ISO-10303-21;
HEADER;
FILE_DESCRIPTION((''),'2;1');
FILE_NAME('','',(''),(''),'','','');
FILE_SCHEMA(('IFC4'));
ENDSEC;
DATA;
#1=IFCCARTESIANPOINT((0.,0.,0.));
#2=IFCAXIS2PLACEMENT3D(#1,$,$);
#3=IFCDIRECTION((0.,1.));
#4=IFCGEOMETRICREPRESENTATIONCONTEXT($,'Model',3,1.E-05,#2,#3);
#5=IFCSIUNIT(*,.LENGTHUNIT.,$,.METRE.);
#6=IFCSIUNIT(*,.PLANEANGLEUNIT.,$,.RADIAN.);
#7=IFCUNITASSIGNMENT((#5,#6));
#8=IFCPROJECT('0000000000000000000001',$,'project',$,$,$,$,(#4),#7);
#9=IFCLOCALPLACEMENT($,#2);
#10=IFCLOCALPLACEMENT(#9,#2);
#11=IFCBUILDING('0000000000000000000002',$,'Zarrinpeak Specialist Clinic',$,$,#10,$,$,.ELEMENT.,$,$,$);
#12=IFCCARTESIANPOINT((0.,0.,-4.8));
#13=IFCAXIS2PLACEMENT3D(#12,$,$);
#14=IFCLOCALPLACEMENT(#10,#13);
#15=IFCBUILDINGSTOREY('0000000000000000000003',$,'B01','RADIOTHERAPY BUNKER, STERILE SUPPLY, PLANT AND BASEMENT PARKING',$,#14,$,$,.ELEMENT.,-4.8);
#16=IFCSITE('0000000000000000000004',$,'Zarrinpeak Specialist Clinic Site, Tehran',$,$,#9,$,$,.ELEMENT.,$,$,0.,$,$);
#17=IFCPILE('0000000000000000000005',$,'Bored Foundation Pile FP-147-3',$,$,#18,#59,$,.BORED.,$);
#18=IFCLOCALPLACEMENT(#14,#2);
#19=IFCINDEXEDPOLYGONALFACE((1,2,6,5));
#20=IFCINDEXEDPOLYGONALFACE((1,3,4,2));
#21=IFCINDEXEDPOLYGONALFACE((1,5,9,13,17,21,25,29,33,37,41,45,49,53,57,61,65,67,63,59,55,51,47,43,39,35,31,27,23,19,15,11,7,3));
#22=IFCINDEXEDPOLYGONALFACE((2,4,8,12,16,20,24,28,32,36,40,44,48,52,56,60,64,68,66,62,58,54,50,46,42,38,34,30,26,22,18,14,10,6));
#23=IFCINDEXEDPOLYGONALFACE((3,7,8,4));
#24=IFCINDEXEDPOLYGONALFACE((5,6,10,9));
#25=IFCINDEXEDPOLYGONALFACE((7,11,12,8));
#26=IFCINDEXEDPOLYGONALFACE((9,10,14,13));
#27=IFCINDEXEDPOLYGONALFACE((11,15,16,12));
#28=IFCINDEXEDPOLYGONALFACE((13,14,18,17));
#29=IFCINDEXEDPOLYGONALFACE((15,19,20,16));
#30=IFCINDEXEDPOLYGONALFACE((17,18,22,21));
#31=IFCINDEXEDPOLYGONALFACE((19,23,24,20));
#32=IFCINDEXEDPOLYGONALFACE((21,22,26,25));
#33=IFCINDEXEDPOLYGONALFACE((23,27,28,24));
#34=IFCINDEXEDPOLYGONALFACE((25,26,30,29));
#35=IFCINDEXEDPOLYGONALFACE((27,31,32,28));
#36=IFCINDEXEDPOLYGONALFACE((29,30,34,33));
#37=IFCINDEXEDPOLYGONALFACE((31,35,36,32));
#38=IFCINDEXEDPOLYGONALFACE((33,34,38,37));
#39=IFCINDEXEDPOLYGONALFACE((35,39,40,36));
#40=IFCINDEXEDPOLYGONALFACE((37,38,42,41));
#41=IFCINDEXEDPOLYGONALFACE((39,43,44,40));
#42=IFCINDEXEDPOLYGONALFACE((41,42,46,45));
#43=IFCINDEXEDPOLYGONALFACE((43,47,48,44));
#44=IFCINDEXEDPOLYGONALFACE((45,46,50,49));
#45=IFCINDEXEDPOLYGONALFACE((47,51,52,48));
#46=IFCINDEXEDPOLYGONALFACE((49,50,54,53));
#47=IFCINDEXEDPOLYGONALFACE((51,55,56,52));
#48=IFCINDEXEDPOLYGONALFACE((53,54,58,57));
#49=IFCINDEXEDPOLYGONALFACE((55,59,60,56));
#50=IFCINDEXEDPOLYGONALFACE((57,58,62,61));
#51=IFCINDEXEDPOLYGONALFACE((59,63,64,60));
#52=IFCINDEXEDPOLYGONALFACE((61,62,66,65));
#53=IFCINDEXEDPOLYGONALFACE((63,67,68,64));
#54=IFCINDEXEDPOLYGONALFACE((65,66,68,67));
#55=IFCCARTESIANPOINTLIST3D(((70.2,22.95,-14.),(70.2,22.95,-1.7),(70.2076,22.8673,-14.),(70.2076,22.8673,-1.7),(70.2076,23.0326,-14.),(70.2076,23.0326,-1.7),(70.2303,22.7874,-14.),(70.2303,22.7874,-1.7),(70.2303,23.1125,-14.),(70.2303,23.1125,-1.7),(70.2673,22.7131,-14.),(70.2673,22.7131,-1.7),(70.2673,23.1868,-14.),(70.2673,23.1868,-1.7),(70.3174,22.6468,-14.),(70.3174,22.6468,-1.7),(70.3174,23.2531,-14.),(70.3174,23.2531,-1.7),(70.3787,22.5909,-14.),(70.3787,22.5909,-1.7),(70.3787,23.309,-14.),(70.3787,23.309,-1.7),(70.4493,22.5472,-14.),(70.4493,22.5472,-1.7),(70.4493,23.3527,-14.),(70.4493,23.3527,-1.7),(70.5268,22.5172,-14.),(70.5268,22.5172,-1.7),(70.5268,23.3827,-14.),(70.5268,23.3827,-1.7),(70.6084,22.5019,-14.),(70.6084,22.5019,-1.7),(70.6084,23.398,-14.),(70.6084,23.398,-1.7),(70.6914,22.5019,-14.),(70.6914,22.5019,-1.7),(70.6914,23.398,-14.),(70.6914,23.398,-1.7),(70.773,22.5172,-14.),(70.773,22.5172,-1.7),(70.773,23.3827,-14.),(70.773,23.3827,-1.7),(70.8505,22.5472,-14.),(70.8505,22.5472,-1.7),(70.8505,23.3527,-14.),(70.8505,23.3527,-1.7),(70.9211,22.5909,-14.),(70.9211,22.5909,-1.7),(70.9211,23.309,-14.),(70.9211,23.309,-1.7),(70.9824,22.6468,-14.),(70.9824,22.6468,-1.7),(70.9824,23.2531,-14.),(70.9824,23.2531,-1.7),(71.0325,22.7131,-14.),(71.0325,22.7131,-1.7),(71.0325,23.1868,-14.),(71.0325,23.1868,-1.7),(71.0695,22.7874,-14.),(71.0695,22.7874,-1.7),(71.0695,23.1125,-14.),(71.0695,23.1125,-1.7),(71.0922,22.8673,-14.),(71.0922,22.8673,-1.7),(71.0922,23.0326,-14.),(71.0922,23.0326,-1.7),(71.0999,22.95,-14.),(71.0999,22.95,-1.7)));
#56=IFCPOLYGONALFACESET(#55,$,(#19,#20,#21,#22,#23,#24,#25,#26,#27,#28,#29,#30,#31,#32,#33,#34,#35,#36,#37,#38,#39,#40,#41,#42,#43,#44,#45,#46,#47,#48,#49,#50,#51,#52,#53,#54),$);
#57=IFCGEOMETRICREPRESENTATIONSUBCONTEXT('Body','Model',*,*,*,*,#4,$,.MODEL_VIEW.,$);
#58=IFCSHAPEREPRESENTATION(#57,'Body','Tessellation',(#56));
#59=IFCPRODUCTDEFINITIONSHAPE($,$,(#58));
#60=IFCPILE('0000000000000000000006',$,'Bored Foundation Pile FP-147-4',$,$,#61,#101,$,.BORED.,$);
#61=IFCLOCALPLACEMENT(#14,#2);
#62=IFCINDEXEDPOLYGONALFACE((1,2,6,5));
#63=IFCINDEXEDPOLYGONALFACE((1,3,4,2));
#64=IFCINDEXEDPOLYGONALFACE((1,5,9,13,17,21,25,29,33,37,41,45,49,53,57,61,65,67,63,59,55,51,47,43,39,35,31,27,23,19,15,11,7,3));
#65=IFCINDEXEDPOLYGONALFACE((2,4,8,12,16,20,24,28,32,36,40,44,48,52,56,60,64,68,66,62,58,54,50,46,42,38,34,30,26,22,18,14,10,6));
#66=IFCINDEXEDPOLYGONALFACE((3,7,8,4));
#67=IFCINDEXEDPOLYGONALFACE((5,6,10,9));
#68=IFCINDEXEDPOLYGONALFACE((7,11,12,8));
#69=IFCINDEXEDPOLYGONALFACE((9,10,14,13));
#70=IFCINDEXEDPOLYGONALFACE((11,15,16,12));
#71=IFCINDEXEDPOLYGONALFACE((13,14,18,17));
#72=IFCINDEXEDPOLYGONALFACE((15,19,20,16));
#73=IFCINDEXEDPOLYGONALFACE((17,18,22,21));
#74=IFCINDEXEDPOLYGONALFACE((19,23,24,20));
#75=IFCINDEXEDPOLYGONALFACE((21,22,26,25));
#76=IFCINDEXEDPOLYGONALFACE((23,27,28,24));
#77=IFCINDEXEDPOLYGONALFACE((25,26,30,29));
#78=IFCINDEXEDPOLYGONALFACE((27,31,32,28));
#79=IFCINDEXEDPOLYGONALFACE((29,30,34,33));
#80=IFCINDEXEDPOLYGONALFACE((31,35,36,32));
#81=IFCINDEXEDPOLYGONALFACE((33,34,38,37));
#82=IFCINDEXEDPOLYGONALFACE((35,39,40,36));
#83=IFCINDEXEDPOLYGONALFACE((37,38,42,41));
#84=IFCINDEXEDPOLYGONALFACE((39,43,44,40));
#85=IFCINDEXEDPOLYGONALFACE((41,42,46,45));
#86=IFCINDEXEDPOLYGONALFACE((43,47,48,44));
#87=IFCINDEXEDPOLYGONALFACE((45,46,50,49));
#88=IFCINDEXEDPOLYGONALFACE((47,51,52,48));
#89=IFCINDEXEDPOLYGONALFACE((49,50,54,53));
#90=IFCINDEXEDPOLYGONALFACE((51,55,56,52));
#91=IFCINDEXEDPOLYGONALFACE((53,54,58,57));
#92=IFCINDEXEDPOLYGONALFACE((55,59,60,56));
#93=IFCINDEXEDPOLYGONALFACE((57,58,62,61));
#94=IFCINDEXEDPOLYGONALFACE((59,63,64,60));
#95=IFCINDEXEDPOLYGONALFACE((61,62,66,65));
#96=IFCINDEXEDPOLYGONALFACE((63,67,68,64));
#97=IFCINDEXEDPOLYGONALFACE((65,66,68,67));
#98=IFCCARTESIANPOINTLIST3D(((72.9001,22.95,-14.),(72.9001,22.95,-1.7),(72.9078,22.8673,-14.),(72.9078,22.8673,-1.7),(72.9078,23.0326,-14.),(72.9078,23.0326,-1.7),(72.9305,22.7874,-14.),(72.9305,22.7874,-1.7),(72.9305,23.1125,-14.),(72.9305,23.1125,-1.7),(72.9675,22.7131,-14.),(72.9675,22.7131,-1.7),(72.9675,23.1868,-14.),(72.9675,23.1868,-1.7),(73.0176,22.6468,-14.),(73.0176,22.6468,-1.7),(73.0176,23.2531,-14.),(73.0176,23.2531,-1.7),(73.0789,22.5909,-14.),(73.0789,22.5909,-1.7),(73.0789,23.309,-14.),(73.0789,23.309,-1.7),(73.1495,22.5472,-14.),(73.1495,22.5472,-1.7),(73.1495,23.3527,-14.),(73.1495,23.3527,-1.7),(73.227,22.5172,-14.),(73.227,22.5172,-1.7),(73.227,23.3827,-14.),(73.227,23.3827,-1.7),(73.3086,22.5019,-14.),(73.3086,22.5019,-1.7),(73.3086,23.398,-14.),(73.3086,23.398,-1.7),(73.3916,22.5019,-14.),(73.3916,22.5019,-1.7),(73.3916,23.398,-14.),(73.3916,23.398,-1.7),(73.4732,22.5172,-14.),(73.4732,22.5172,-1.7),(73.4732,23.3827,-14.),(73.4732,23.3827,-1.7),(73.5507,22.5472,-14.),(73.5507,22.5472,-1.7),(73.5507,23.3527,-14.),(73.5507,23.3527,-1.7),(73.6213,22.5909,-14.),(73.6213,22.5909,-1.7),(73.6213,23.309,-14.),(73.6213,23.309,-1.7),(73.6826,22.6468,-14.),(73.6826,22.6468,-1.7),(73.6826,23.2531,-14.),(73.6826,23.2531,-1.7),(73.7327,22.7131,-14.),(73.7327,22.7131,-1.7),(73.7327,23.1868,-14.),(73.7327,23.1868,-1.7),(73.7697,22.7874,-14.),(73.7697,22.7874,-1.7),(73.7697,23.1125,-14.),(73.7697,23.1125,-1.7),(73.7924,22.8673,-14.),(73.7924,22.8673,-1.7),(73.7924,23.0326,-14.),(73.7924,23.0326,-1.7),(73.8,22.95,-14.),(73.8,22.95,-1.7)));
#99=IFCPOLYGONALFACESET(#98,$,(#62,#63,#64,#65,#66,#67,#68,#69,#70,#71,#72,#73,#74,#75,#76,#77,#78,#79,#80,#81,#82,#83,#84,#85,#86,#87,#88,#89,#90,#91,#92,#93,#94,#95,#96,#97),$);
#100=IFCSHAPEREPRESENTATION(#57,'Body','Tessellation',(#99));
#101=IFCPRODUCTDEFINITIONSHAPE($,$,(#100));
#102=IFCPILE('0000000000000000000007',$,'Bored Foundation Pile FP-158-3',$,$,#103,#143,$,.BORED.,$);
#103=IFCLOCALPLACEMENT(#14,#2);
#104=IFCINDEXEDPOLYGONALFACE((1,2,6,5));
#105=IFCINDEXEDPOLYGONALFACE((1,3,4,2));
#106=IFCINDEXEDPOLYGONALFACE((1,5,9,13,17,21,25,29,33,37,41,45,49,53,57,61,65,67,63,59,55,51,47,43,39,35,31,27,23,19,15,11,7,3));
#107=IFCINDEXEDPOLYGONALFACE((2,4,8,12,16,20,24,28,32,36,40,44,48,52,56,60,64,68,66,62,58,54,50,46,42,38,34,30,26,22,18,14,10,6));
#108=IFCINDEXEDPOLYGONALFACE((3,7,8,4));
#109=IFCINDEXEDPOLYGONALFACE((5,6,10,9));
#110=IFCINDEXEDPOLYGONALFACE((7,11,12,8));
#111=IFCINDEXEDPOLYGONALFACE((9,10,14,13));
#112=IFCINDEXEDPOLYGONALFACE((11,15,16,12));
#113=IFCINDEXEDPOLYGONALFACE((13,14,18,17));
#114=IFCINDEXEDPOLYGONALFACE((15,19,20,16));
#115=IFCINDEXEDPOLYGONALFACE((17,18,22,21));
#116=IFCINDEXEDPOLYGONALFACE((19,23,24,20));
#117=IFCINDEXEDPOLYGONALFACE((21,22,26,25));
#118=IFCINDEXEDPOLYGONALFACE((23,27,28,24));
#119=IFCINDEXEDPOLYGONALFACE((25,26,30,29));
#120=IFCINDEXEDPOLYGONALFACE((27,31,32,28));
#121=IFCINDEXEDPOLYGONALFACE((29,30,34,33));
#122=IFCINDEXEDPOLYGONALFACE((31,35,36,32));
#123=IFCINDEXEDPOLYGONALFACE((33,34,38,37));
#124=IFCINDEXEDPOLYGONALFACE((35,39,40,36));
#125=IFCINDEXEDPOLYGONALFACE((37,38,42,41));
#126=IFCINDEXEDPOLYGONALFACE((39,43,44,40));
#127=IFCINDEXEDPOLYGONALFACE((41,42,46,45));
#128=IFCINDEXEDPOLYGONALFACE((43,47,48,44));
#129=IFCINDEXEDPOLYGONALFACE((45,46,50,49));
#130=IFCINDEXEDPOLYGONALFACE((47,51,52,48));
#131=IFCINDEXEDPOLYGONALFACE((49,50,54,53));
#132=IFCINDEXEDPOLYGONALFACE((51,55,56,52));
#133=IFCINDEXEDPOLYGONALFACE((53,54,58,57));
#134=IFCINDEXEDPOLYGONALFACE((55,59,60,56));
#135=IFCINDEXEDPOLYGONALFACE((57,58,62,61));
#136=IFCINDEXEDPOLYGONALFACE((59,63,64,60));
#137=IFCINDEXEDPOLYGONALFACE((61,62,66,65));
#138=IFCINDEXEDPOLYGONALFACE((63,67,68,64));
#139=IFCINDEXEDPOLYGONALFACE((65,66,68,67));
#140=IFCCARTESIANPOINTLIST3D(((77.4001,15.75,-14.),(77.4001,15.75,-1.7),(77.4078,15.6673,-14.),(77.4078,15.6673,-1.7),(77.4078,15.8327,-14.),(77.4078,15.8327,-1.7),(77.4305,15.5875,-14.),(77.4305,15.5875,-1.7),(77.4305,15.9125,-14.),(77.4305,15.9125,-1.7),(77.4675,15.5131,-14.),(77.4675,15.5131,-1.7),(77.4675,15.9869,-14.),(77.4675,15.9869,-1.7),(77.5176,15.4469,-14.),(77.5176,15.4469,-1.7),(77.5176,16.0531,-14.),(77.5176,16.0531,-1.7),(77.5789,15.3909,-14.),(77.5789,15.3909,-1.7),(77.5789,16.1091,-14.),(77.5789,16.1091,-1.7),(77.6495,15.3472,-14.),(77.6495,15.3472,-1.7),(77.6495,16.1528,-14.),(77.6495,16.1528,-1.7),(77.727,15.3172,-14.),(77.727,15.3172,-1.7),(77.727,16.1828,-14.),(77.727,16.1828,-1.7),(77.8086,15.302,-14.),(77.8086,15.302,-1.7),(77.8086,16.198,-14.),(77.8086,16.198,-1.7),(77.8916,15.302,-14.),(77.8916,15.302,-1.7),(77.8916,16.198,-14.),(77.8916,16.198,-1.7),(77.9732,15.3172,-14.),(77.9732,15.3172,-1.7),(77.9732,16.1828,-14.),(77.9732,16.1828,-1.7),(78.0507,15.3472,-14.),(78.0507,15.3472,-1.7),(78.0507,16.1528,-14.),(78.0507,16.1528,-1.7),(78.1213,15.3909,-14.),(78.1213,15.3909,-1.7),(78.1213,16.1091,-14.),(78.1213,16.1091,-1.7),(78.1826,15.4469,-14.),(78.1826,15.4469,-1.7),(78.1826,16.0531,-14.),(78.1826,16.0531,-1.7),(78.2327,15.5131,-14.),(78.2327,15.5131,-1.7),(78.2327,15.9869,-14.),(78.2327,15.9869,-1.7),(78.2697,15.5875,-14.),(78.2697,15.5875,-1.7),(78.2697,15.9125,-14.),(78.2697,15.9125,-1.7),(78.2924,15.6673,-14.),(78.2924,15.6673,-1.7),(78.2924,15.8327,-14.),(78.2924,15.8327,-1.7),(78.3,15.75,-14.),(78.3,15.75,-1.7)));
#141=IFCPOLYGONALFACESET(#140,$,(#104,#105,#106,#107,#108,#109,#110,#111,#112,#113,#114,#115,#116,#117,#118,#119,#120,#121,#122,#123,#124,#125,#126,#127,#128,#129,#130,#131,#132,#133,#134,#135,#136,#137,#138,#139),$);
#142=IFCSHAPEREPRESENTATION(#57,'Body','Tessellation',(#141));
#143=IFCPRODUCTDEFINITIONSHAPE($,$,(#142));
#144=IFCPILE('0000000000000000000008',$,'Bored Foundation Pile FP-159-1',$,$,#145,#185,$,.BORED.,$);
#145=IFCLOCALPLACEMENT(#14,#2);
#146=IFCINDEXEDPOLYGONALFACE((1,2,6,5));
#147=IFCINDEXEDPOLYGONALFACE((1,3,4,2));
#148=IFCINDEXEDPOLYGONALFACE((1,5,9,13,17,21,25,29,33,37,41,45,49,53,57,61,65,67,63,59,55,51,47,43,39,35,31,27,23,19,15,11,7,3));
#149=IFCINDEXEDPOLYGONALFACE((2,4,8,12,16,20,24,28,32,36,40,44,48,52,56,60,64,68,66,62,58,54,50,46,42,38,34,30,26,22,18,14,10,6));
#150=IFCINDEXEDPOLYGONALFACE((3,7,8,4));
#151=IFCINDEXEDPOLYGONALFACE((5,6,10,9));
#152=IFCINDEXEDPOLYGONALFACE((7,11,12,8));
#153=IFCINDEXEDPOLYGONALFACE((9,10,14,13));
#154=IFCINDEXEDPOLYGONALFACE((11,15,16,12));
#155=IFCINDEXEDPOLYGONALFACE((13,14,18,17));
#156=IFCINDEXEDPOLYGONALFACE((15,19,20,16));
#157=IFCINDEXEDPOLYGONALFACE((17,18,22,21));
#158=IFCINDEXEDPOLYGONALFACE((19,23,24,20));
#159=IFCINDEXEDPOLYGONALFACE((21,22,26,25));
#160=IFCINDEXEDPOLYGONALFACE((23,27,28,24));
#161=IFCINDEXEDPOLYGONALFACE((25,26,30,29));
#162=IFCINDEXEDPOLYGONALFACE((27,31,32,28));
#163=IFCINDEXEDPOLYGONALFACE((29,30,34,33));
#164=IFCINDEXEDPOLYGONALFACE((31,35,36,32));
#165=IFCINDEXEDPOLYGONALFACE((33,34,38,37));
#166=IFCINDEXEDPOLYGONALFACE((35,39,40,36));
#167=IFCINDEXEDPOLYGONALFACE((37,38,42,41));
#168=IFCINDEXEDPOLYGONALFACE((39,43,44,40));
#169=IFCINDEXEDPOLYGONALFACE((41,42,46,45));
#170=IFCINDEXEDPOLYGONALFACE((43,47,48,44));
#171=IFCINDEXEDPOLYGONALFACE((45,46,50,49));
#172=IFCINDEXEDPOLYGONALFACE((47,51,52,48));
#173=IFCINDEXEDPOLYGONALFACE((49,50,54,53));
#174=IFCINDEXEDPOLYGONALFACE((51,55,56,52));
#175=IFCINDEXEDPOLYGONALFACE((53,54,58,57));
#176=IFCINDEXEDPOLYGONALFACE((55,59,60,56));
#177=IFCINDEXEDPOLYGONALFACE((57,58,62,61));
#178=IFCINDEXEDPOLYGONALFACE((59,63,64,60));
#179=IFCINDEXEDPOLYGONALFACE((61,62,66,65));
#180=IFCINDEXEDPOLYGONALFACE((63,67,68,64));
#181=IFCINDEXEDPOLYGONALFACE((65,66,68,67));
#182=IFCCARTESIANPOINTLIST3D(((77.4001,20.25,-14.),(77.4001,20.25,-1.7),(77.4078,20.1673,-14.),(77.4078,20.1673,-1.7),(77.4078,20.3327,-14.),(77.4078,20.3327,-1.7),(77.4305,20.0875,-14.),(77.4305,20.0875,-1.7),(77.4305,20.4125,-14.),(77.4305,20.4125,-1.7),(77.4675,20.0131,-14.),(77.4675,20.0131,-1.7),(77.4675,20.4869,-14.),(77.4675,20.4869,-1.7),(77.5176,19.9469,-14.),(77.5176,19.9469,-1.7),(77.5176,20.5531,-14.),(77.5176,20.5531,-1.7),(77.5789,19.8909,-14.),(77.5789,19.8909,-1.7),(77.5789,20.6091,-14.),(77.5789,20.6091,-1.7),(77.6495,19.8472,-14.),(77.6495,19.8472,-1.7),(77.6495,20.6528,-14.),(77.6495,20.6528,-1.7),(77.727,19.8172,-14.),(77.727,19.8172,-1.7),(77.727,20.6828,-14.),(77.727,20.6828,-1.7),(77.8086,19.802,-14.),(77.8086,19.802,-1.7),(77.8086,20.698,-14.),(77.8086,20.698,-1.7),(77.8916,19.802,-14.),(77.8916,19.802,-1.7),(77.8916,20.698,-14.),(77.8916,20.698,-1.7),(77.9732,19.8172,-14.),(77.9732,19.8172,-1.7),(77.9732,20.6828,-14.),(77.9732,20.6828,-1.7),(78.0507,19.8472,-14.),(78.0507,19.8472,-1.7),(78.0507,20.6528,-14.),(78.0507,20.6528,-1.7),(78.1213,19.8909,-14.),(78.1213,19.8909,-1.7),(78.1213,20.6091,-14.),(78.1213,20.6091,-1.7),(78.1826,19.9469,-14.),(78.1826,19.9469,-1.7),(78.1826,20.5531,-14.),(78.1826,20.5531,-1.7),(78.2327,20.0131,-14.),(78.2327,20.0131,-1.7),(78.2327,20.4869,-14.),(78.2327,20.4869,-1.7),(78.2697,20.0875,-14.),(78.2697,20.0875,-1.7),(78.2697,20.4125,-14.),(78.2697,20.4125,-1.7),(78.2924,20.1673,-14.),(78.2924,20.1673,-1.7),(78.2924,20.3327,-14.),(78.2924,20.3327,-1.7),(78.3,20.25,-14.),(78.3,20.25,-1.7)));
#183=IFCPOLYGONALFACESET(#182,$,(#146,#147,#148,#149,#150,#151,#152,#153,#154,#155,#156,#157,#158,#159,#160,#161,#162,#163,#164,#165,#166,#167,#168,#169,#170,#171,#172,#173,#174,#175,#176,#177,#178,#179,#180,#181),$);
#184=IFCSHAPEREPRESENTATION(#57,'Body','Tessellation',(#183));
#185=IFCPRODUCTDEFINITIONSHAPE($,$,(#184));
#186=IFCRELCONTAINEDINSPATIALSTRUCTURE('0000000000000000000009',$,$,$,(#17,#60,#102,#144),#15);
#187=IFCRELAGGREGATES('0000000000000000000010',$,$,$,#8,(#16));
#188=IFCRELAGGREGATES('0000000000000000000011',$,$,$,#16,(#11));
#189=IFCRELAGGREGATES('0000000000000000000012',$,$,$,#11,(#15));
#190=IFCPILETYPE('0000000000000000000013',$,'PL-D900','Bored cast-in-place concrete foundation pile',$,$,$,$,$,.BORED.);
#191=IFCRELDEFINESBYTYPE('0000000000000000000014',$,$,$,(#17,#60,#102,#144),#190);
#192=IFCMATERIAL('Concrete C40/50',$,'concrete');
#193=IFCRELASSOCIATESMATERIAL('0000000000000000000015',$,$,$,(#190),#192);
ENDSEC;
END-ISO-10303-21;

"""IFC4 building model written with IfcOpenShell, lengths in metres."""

from ifc_helpers import new_model, si_unit, direction, frame, origin, origin_2d, place, context, subcontext, project, spatial, circle, extrude, material, material_profile, profile_set, type_object, element, save


model = new_model("IFC4")

# Units and contexts
model_context = context("Model", 3, precision=1e-05, world=origin(), true_north=direction((0.0, 1.0)))
body_context = subcontext(model_context, "Body", "Model", "MODEL_VIEW")
ifc_project = project(units=[si_unit("LENGTHUNIT", "METRE"), si_unit("PLANEANGLEUNIT", "RADIAN")], contexts=[model_context])

# Site, building, storey
site_placement = place(None, origin())
site = spatial("IfcSite", under=ifc_project, at=site_placement, Name="Zarrinpeak Specialist Clinic Site, Tehran", CompositionType="ELEMENT", RefElevation=0.0)
building_placement = place(site_placement, origin())
building = spatial("IfcBuilding", under=site, at=building_placement, Name="Zarrinpeak Specialist Clinic", CompositionType="ELEMENT")
storey_placement = place(building_placement, frame((0.0, 0.0, -4.8)))
storey = spatial("IfcBuildingStorey", under=building, at=storey_placement, Name="B01", Description="RADIOTHERAPY BUNKER, STERILE SUPPLY, PLANT AND BASEMENT PARKING", CompositionType="ELEMENT", Elevation=-4.8)

# Shared definitions
ifc_material_1 = material(Name="Concrete C40/50", Category="concrete")

# Piles
ifc_material_profile_1 = material_profile(ifc_material_1, circle(Radius=0.45, at=origin_2d()), Name="BORED PILE D900")
ifc_profile_set_1 = profile_set([ifc_material_profile_1], Name="Concrete C40/50")
pile_type = type_object("IfcPileType", Name="PL-D900", Description="Bored cast-in-place concrete foundation pile", PredefinedType="BORED", material=ifc_profile_set_1)
for number, where, z_axis, x_axis, name in (
    (1, (70.6499, 22.95, -1.7), (0.0, 0.0, -1.0), (1.0, 0.0, 0.0), "Bored Foundation Pile FP-147-3"),
    (2, (73.3501, 22.95, -1.7), (0.0, 0.0, -1.0), (1.0, 0.0, 0.0), "Bored Foundation Pile FP-147-4"),
    (3, (77.8501, 15.75, -1.7), (0.0, 0.0, -1.0), (1.0, 0.0, 0.0), "Bored Foundation Pile FP-158-3"),
    (4, (77.8501, 20.25, -1.7), (0.0, 0.0, -1.0), (1.0, 0.0, 0.0), "Bored Foundation Pile FP-159-1"),
):
    element("IfcPile", number, at=place(storey_placement, frame(where, z_axis=z_axis, x_axis=x_axis)), inside=storey, type_object=pile_type, Name=name, PredefinedType="BORED", context=body_context, shape_type="SweptSolid", body=[
        extrude(circle(Radius=0.45, at=origin_2d()), origin(), (0.0, 0.0, 1.0), 12.3),
    ])

save(model, "model.ifc")
